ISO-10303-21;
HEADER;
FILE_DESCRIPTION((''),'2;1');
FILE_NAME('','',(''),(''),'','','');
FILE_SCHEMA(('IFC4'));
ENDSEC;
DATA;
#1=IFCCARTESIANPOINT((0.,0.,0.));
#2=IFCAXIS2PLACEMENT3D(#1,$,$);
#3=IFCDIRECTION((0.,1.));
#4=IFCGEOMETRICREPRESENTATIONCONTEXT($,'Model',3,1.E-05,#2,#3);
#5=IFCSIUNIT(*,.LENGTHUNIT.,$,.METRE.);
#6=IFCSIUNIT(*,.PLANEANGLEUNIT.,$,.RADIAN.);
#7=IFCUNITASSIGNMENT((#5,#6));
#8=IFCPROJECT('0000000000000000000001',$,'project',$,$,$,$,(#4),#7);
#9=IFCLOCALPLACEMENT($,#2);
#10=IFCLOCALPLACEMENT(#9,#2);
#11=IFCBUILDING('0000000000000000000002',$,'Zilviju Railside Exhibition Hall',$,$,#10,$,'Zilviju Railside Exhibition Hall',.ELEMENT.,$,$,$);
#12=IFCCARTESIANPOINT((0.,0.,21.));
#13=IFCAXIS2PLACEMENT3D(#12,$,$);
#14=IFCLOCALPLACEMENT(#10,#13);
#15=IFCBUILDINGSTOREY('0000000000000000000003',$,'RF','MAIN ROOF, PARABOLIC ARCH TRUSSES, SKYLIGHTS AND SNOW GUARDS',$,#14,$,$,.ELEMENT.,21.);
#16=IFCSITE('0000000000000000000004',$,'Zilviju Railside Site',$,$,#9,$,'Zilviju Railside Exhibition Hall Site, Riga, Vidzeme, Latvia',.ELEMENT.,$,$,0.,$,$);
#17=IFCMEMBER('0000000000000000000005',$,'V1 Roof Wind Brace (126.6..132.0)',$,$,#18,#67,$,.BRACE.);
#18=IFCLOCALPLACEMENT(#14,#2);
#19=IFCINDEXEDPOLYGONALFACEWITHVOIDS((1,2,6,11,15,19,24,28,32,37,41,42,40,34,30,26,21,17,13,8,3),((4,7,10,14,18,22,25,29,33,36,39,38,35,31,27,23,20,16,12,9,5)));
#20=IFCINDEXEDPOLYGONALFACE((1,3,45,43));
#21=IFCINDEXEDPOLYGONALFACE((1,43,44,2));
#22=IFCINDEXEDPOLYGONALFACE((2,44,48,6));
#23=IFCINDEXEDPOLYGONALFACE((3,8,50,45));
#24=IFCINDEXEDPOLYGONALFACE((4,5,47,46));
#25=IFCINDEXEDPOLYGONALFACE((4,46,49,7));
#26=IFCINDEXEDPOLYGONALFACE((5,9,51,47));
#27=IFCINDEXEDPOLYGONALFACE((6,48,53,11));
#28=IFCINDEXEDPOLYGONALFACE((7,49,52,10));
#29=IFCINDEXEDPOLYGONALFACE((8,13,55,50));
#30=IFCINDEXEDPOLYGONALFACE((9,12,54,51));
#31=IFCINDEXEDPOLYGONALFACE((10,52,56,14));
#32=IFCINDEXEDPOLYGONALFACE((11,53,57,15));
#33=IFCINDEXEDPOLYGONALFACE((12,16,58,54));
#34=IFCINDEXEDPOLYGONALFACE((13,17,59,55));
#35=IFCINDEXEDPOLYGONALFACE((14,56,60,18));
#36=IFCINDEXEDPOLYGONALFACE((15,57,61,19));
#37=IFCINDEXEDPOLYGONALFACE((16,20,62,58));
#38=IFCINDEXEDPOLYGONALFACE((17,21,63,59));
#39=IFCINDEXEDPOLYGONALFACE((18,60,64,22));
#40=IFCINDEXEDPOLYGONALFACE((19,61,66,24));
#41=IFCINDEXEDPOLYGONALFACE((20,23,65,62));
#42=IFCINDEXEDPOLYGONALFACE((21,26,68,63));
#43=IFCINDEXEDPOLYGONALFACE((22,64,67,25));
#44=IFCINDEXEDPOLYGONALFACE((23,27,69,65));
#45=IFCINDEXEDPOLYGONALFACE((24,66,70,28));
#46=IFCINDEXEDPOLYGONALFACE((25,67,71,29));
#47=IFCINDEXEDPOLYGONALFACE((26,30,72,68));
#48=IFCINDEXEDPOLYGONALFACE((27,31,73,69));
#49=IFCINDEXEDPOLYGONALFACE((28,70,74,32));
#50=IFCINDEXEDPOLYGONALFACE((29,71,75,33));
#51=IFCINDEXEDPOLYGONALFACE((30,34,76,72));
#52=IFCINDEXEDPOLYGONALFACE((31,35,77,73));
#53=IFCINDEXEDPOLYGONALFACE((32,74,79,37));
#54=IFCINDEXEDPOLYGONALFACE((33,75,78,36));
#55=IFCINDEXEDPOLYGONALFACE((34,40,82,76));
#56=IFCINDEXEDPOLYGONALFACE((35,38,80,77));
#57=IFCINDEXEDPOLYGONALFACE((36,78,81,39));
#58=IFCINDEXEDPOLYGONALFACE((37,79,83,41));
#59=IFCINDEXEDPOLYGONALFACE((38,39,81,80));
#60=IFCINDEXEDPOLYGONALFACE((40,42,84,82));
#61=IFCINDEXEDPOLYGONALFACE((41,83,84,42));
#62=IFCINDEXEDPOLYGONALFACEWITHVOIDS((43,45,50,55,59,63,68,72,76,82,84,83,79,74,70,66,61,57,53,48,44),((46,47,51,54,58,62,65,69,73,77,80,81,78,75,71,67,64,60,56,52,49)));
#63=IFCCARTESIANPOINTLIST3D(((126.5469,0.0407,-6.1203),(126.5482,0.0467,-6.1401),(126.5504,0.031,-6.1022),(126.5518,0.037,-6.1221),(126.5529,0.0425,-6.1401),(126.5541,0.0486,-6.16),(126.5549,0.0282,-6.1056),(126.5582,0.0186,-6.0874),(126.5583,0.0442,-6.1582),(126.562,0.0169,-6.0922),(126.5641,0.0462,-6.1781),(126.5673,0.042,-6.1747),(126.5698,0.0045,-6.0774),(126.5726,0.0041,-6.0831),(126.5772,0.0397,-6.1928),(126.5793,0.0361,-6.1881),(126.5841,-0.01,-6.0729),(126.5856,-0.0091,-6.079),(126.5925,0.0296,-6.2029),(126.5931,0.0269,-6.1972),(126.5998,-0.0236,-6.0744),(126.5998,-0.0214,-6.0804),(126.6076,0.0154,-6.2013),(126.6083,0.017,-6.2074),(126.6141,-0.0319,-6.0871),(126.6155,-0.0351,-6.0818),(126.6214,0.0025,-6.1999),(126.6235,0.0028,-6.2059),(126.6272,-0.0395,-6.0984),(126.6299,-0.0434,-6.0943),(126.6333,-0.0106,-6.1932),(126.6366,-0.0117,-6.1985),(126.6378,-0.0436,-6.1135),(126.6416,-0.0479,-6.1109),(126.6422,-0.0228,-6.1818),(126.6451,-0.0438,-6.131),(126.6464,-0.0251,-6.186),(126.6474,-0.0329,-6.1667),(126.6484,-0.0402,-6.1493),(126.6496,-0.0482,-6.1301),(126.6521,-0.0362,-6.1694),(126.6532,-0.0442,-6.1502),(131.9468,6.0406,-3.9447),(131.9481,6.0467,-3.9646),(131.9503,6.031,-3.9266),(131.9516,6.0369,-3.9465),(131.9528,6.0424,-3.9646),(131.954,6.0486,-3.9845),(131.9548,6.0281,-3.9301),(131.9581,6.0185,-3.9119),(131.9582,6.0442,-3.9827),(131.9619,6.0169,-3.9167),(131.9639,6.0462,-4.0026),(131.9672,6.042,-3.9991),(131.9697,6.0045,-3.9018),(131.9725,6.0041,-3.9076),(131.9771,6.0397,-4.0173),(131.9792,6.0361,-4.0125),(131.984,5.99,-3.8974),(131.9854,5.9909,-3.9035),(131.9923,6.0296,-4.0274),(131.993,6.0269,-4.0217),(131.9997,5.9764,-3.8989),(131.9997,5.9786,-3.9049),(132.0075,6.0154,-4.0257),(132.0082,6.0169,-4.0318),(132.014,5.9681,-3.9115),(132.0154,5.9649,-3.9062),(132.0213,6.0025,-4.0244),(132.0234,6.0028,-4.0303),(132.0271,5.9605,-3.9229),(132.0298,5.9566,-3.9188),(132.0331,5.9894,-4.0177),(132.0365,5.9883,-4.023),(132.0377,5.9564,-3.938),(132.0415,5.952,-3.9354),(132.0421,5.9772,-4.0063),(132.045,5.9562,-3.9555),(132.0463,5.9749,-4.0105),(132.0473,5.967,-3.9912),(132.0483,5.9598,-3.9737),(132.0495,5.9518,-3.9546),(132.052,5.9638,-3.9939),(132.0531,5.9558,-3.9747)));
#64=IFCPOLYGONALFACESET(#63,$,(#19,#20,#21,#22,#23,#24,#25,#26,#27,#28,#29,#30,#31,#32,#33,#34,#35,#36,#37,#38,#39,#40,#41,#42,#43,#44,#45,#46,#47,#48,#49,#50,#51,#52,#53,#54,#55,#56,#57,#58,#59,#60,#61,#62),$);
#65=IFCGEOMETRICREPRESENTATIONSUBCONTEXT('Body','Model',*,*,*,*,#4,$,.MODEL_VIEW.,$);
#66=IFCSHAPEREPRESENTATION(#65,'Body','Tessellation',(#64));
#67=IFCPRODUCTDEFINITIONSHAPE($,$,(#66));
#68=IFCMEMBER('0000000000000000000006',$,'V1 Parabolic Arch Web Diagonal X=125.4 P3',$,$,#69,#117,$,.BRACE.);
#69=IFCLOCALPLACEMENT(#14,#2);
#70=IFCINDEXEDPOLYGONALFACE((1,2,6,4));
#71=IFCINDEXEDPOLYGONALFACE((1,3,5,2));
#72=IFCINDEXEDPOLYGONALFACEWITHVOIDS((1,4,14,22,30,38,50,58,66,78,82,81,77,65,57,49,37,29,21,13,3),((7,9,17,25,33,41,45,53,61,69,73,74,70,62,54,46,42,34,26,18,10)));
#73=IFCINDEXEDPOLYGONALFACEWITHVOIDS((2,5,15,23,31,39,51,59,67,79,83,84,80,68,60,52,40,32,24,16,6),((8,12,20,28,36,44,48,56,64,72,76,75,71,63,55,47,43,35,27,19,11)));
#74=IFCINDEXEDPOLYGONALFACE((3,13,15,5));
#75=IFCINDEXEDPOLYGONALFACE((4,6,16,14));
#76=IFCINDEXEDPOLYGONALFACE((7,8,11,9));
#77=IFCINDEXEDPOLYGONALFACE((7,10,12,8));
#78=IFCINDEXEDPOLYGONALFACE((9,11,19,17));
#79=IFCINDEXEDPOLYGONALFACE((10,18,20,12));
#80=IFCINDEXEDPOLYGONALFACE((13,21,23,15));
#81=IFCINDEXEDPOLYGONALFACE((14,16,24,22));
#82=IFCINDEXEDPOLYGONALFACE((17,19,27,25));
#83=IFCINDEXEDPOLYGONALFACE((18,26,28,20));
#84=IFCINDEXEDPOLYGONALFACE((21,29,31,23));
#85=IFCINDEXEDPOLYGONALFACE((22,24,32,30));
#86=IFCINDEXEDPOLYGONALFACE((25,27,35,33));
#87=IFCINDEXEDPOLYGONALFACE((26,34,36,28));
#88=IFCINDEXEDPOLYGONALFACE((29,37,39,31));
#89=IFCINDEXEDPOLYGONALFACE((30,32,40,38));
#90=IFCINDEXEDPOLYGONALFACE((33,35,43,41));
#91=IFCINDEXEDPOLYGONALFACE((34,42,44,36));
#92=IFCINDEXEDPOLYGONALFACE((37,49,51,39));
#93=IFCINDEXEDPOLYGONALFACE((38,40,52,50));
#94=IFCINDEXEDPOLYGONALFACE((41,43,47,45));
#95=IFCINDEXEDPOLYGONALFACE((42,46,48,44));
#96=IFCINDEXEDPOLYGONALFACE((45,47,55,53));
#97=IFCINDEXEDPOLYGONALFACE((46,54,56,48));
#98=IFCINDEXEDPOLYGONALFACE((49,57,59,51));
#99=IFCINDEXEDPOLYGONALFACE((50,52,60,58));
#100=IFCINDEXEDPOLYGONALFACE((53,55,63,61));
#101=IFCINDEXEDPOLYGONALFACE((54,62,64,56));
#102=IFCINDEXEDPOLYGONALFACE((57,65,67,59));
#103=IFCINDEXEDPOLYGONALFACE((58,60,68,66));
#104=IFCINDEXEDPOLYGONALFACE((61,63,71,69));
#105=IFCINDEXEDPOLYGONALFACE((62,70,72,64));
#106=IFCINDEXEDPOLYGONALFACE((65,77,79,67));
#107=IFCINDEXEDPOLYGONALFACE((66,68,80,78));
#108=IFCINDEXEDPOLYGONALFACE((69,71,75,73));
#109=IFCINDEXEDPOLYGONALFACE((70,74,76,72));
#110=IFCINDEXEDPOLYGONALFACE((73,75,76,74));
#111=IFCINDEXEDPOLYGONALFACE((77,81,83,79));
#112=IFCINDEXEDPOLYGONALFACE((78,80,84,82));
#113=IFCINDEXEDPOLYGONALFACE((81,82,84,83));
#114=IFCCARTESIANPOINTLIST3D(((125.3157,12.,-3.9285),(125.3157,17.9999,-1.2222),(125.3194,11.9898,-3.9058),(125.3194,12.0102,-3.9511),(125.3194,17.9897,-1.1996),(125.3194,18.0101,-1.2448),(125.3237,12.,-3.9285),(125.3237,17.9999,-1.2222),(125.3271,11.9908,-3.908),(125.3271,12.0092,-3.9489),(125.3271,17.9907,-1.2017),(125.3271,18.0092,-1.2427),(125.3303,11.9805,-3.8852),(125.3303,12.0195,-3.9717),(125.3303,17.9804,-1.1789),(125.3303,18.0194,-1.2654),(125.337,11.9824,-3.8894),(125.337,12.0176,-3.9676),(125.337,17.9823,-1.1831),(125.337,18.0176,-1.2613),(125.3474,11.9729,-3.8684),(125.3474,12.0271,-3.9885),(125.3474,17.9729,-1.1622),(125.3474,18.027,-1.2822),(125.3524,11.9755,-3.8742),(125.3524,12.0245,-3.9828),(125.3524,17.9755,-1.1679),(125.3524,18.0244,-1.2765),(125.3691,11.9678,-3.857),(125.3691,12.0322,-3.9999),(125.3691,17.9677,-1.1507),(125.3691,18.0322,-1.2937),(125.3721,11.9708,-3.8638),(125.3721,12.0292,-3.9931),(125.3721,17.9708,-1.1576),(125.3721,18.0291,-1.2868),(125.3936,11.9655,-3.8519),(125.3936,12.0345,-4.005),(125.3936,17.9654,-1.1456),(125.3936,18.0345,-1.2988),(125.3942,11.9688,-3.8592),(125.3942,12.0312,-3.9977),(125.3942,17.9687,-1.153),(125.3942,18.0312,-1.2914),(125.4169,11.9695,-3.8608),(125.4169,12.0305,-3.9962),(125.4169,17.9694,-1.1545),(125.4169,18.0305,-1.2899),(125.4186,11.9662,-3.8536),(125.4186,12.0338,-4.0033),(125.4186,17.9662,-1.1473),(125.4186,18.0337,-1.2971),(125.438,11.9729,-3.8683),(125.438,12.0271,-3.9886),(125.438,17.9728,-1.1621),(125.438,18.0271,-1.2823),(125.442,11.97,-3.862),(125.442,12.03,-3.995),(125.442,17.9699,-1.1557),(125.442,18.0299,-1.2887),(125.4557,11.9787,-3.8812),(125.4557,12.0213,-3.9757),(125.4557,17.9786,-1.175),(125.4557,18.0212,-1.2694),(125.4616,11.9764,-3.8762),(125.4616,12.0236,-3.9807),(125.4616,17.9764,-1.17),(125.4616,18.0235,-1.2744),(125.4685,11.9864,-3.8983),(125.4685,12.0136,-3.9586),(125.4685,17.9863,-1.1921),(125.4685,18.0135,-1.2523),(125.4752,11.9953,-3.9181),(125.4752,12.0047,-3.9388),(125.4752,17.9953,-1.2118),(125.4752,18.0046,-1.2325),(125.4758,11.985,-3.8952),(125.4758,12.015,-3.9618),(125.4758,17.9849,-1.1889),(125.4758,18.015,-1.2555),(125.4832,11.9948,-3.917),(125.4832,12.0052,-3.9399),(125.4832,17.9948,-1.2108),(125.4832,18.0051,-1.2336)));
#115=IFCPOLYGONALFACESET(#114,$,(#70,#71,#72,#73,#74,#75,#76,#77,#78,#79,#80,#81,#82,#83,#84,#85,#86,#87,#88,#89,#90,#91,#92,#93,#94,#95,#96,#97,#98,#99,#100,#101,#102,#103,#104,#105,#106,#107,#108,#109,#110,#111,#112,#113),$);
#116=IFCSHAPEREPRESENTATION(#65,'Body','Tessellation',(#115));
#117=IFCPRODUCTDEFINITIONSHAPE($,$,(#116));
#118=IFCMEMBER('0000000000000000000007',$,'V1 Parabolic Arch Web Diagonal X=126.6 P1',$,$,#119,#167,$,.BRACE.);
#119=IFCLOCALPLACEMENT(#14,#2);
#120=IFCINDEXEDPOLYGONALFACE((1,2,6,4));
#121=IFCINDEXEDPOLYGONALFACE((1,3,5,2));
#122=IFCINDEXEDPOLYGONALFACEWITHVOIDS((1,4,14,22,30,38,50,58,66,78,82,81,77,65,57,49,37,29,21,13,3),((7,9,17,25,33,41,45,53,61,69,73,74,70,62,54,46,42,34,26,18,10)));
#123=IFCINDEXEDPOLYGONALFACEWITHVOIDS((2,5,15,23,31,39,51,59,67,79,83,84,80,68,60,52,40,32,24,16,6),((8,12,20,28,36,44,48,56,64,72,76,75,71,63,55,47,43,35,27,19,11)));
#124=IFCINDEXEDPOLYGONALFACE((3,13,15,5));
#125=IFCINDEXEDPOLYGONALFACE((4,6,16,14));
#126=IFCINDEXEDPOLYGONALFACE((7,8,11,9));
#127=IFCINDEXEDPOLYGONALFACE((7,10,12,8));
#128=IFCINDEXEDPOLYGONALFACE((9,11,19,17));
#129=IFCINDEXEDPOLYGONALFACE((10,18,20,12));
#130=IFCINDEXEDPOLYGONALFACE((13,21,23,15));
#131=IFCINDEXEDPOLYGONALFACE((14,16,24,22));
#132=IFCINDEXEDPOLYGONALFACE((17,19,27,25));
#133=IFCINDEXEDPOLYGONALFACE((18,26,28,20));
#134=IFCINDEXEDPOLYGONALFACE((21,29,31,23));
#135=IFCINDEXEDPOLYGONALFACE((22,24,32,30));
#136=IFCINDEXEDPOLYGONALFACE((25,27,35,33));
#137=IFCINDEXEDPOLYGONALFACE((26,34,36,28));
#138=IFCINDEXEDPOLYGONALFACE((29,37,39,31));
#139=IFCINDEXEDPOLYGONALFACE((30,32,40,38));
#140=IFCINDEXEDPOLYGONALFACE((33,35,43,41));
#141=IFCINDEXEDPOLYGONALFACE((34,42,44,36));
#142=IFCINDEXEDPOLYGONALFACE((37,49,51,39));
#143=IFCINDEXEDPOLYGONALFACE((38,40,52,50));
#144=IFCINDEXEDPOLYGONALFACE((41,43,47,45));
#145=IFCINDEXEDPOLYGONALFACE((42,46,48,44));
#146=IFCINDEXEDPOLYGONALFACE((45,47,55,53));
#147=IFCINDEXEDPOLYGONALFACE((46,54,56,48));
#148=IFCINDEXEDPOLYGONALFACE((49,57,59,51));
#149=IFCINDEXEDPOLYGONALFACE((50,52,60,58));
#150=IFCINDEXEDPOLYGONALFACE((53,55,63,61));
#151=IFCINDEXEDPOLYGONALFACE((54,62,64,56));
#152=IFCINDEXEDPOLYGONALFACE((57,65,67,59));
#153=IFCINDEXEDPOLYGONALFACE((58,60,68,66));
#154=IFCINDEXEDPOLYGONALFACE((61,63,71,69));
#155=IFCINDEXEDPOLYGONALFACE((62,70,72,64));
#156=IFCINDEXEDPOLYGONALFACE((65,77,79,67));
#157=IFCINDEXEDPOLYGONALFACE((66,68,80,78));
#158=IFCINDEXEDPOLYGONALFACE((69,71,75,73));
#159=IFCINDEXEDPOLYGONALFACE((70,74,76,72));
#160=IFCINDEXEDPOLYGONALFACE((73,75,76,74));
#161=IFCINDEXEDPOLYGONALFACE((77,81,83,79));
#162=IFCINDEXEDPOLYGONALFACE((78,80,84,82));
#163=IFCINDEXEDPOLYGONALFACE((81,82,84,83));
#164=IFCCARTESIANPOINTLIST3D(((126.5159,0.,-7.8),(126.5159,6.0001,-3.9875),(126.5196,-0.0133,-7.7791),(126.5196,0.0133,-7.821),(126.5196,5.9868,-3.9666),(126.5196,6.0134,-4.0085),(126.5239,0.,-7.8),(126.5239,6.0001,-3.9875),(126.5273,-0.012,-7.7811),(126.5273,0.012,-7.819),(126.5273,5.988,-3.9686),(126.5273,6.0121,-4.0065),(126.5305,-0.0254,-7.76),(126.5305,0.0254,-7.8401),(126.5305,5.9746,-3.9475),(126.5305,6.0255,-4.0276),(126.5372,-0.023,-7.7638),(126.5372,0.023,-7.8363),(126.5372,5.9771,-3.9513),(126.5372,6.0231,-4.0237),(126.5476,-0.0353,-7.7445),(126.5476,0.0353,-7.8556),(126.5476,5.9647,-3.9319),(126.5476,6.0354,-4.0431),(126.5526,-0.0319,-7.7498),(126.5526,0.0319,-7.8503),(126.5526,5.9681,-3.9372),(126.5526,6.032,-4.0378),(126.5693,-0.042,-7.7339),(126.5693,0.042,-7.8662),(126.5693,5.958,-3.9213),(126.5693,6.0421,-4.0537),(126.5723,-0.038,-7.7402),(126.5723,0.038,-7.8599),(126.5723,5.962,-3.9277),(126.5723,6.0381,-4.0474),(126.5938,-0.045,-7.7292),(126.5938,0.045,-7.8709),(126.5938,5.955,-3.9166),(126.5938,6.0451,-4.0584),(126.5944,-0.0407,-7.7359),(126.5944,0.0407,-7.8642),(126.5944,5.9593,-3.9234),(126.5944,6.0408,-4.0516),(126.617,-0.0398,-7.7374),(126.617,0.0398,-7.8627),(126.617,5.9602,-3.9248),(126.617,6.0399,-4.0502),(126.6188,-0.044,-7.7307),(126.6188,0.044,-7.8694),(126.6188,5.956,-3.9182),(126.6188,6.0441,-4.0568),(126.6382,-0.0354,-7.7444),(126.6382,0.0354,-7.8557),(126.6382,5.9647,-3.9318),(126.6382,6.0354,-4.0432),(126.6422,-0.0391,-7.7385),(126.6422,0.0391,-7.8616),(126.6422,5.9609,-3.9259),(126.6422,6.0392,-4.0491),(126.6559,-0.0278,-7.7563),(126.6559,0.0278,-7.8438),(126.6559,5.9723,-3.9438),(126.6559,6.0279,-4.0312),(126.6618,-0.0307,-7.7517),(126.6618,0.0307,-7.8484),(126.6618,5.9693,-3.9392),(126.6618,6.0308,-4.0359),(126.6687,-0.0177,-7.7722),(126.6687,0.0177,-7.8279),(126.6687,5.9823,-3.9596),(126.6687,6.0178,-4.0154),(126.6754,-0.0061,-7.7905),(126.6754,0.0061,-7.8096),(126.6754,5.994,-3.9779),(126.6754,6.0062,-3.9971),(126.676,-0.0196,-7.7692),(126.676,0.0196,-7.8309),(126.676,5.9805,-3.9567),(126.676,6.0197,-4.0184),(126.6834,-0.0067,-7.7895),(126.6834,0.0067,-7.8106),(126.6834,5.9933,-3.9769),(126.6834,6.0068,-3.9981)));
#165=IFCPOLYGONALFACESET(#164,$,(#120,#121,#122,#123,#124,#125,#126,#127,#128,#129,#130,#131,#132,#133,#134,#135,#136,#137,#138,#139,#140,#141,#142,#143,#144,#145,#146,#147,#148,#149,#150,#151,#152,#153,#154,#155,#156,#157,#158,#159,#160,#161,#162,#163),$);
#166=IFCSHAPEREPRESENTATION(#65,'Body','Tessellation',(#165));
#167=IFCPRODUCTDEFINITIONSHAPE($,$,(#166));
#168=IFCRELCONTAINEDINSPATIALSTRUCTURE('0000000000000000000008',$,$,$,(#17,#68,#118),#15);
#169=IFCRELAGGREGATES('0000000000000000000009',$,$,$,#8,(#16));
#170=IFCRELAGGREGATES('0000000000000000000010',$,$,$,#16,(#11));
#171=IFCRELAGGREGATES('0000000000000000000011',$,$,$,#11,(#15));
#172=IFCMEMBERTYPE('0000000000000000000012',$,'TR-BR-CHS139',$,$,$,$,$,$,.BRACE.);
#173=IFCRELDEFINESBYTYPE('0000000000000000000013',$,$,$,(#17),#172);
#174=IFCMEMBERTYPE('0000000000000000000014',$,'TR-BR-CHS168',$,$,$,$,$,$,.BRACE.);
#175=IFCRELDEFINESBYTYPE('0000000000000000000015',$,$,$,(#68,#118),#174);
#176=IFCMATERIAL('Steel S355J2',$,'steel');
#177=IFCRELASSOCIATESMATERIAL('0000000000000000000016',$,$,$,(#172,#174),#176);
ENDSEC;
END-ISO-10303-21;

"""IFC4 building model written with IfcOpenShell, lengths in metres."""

from ifc_helpers import new_model, si_unit, direction, frame, origin, origin_2d, place, context, subcontext, project, spatial, hollow_circle, extrude, material, material_profile, profile_set, type_object, element, save


model = new_model("IFC4")

# Units and contexts
model_context = context("Model", 3, precision=1e-05, world=origin(), true_north=direction((0.0, 1.0)))
body_context = subcontext(model_context, "Body", "Model", "MODEL_VIEW")
ifc_project = project(units=[si_unit("LENGTHUNIT", "METRE"), si_unit("PLANEANGLEUNIT", "RADIAN")], contexts=[model_context])

# Site, building, storey
site_placement = place(None, origin())
site = spatial("IfcSite", under=ifc_project, at=site_placement, Name="Zilviju Railside Site", LongName="Zilviju Railside Exhibition Hall Site, Riga, Vidzeme, Latvia", CompositionType="ELEMENT", RefElevation=0.0)
building_placement = place(site_placement, origin())
building = spatial("IfcBuilding", under=site, at=building_placement, Name="Zilviju Railside Exhibition Hall", LongName="Zilviju Railside Exhibition Hall", CompositionType="ELEMENT")
storey_placement = place(building_placement, frame((0.0, 0.0, 21.0)))
storey = spatial("IfcBuildingStorey", under=building, at=storey_placement, Name="RF", Description="MAIN ROOF, PARABOLIC ARCH TRUSSES, SKYLIGHTS AND SNOW GUARDS", CompositionType="ELEMENT", Elevation=21.0)

# Members
ifc_material_1 = material(Name="Steel S355J2", Category="steel")
ifc_material_profile_1 = material_profile(ifc_material_1, hollow_circle(Radius=0.0698, WallThickness=0.0063, at=origin_2d()), Name="CHS 139.7x6.3")
ifc_profile_set_1 = profile_set([ifc_material_profile_1], Name="Steel S355J2")
member_type_1 = type_object("IfcMemberType", Name="TR-BR-CHS139", PredefinedType="BRACE", material=ifc_profile_set_1)
member_1_placement = place(storey_placement, frame((126.6001, 0.0, -6.1401), z_axis=(0.645911, 0.717692, 0.260227), x_axis=(-0.7433, 0.668958, 0.0)))
element("IfcMember", 1, at=member_1_placement, inside=storey, type_object=member_type_1, Name="V1 Roof Wind Brace (126.6..132.0)", PredefinedType="BRACE", context=body_context, shape_type="SweptSolid", body=[
    extrude(hollow_circle(Radius=0.0698, WallThickness=0.0063, at=origin_2d()), origin(), (0.0, 0.0, 1.0), 8.3601),
])
ifc_material_profile_2 = material_profile(ifc_material_1, hollow_circle(Radius=0.0842, WallThickness=0.0081, at=origin_2d()), Name="CHS 168.3x8.0")
ifc_profile_set_2 = profile_set([ifc_material_profile_2], Name="Steel S355J2")
member_type_2 = type_object("IfcMemberType", Name="TR-BR-CHS168", PredefinedType="BRACE", material=ifc_profile_set_2)
member_2_placement = place(storey_placement, frame((125.3999, 12.0, -3.9285), z_axis=(0.0, 0.911563, 0.41116), x_axis=(-1.0, 0.0, 0.0)))
element("IfcMember", 2, at=member_2_placement, inside=storey, type_object=member_type_2, Name="V1 Parabolic Arch Web Diagonal X=125.4 P3", PredefinedType="BRACE", context=body_context, shape_type="SweptSolid", body=[
    extrude(hollow_circle(Radius=0.0842, WallThickness=0.0081, at=origin_2d()), origin(), (0.0, 0.0, 1.0), 6.582),
])
member_3_placement = place(storey_placement, frame((126.6001, 0.0, -7.8), z_axis=(0.0, 0.844023, 0.536306), x_axis=(-1.0, 0.0, 0.0)))
element("IfcMember", 3, at=member_3_placement, inside=storey, type_object=member_type_2, Name="V1 Parabolic Arch Web Diagonal X=126.6 P1", PredefinedType="BRACE", context=body_context, shape_type="SweptSolid", body=[
    extrude(hollow_circle(Radius=0.0842, WallThickness=0.0081, at=origin_2d()), origin(), (0.0, 0.0, 1.0), 7.1089),
])

save(model, "model.ifc")
